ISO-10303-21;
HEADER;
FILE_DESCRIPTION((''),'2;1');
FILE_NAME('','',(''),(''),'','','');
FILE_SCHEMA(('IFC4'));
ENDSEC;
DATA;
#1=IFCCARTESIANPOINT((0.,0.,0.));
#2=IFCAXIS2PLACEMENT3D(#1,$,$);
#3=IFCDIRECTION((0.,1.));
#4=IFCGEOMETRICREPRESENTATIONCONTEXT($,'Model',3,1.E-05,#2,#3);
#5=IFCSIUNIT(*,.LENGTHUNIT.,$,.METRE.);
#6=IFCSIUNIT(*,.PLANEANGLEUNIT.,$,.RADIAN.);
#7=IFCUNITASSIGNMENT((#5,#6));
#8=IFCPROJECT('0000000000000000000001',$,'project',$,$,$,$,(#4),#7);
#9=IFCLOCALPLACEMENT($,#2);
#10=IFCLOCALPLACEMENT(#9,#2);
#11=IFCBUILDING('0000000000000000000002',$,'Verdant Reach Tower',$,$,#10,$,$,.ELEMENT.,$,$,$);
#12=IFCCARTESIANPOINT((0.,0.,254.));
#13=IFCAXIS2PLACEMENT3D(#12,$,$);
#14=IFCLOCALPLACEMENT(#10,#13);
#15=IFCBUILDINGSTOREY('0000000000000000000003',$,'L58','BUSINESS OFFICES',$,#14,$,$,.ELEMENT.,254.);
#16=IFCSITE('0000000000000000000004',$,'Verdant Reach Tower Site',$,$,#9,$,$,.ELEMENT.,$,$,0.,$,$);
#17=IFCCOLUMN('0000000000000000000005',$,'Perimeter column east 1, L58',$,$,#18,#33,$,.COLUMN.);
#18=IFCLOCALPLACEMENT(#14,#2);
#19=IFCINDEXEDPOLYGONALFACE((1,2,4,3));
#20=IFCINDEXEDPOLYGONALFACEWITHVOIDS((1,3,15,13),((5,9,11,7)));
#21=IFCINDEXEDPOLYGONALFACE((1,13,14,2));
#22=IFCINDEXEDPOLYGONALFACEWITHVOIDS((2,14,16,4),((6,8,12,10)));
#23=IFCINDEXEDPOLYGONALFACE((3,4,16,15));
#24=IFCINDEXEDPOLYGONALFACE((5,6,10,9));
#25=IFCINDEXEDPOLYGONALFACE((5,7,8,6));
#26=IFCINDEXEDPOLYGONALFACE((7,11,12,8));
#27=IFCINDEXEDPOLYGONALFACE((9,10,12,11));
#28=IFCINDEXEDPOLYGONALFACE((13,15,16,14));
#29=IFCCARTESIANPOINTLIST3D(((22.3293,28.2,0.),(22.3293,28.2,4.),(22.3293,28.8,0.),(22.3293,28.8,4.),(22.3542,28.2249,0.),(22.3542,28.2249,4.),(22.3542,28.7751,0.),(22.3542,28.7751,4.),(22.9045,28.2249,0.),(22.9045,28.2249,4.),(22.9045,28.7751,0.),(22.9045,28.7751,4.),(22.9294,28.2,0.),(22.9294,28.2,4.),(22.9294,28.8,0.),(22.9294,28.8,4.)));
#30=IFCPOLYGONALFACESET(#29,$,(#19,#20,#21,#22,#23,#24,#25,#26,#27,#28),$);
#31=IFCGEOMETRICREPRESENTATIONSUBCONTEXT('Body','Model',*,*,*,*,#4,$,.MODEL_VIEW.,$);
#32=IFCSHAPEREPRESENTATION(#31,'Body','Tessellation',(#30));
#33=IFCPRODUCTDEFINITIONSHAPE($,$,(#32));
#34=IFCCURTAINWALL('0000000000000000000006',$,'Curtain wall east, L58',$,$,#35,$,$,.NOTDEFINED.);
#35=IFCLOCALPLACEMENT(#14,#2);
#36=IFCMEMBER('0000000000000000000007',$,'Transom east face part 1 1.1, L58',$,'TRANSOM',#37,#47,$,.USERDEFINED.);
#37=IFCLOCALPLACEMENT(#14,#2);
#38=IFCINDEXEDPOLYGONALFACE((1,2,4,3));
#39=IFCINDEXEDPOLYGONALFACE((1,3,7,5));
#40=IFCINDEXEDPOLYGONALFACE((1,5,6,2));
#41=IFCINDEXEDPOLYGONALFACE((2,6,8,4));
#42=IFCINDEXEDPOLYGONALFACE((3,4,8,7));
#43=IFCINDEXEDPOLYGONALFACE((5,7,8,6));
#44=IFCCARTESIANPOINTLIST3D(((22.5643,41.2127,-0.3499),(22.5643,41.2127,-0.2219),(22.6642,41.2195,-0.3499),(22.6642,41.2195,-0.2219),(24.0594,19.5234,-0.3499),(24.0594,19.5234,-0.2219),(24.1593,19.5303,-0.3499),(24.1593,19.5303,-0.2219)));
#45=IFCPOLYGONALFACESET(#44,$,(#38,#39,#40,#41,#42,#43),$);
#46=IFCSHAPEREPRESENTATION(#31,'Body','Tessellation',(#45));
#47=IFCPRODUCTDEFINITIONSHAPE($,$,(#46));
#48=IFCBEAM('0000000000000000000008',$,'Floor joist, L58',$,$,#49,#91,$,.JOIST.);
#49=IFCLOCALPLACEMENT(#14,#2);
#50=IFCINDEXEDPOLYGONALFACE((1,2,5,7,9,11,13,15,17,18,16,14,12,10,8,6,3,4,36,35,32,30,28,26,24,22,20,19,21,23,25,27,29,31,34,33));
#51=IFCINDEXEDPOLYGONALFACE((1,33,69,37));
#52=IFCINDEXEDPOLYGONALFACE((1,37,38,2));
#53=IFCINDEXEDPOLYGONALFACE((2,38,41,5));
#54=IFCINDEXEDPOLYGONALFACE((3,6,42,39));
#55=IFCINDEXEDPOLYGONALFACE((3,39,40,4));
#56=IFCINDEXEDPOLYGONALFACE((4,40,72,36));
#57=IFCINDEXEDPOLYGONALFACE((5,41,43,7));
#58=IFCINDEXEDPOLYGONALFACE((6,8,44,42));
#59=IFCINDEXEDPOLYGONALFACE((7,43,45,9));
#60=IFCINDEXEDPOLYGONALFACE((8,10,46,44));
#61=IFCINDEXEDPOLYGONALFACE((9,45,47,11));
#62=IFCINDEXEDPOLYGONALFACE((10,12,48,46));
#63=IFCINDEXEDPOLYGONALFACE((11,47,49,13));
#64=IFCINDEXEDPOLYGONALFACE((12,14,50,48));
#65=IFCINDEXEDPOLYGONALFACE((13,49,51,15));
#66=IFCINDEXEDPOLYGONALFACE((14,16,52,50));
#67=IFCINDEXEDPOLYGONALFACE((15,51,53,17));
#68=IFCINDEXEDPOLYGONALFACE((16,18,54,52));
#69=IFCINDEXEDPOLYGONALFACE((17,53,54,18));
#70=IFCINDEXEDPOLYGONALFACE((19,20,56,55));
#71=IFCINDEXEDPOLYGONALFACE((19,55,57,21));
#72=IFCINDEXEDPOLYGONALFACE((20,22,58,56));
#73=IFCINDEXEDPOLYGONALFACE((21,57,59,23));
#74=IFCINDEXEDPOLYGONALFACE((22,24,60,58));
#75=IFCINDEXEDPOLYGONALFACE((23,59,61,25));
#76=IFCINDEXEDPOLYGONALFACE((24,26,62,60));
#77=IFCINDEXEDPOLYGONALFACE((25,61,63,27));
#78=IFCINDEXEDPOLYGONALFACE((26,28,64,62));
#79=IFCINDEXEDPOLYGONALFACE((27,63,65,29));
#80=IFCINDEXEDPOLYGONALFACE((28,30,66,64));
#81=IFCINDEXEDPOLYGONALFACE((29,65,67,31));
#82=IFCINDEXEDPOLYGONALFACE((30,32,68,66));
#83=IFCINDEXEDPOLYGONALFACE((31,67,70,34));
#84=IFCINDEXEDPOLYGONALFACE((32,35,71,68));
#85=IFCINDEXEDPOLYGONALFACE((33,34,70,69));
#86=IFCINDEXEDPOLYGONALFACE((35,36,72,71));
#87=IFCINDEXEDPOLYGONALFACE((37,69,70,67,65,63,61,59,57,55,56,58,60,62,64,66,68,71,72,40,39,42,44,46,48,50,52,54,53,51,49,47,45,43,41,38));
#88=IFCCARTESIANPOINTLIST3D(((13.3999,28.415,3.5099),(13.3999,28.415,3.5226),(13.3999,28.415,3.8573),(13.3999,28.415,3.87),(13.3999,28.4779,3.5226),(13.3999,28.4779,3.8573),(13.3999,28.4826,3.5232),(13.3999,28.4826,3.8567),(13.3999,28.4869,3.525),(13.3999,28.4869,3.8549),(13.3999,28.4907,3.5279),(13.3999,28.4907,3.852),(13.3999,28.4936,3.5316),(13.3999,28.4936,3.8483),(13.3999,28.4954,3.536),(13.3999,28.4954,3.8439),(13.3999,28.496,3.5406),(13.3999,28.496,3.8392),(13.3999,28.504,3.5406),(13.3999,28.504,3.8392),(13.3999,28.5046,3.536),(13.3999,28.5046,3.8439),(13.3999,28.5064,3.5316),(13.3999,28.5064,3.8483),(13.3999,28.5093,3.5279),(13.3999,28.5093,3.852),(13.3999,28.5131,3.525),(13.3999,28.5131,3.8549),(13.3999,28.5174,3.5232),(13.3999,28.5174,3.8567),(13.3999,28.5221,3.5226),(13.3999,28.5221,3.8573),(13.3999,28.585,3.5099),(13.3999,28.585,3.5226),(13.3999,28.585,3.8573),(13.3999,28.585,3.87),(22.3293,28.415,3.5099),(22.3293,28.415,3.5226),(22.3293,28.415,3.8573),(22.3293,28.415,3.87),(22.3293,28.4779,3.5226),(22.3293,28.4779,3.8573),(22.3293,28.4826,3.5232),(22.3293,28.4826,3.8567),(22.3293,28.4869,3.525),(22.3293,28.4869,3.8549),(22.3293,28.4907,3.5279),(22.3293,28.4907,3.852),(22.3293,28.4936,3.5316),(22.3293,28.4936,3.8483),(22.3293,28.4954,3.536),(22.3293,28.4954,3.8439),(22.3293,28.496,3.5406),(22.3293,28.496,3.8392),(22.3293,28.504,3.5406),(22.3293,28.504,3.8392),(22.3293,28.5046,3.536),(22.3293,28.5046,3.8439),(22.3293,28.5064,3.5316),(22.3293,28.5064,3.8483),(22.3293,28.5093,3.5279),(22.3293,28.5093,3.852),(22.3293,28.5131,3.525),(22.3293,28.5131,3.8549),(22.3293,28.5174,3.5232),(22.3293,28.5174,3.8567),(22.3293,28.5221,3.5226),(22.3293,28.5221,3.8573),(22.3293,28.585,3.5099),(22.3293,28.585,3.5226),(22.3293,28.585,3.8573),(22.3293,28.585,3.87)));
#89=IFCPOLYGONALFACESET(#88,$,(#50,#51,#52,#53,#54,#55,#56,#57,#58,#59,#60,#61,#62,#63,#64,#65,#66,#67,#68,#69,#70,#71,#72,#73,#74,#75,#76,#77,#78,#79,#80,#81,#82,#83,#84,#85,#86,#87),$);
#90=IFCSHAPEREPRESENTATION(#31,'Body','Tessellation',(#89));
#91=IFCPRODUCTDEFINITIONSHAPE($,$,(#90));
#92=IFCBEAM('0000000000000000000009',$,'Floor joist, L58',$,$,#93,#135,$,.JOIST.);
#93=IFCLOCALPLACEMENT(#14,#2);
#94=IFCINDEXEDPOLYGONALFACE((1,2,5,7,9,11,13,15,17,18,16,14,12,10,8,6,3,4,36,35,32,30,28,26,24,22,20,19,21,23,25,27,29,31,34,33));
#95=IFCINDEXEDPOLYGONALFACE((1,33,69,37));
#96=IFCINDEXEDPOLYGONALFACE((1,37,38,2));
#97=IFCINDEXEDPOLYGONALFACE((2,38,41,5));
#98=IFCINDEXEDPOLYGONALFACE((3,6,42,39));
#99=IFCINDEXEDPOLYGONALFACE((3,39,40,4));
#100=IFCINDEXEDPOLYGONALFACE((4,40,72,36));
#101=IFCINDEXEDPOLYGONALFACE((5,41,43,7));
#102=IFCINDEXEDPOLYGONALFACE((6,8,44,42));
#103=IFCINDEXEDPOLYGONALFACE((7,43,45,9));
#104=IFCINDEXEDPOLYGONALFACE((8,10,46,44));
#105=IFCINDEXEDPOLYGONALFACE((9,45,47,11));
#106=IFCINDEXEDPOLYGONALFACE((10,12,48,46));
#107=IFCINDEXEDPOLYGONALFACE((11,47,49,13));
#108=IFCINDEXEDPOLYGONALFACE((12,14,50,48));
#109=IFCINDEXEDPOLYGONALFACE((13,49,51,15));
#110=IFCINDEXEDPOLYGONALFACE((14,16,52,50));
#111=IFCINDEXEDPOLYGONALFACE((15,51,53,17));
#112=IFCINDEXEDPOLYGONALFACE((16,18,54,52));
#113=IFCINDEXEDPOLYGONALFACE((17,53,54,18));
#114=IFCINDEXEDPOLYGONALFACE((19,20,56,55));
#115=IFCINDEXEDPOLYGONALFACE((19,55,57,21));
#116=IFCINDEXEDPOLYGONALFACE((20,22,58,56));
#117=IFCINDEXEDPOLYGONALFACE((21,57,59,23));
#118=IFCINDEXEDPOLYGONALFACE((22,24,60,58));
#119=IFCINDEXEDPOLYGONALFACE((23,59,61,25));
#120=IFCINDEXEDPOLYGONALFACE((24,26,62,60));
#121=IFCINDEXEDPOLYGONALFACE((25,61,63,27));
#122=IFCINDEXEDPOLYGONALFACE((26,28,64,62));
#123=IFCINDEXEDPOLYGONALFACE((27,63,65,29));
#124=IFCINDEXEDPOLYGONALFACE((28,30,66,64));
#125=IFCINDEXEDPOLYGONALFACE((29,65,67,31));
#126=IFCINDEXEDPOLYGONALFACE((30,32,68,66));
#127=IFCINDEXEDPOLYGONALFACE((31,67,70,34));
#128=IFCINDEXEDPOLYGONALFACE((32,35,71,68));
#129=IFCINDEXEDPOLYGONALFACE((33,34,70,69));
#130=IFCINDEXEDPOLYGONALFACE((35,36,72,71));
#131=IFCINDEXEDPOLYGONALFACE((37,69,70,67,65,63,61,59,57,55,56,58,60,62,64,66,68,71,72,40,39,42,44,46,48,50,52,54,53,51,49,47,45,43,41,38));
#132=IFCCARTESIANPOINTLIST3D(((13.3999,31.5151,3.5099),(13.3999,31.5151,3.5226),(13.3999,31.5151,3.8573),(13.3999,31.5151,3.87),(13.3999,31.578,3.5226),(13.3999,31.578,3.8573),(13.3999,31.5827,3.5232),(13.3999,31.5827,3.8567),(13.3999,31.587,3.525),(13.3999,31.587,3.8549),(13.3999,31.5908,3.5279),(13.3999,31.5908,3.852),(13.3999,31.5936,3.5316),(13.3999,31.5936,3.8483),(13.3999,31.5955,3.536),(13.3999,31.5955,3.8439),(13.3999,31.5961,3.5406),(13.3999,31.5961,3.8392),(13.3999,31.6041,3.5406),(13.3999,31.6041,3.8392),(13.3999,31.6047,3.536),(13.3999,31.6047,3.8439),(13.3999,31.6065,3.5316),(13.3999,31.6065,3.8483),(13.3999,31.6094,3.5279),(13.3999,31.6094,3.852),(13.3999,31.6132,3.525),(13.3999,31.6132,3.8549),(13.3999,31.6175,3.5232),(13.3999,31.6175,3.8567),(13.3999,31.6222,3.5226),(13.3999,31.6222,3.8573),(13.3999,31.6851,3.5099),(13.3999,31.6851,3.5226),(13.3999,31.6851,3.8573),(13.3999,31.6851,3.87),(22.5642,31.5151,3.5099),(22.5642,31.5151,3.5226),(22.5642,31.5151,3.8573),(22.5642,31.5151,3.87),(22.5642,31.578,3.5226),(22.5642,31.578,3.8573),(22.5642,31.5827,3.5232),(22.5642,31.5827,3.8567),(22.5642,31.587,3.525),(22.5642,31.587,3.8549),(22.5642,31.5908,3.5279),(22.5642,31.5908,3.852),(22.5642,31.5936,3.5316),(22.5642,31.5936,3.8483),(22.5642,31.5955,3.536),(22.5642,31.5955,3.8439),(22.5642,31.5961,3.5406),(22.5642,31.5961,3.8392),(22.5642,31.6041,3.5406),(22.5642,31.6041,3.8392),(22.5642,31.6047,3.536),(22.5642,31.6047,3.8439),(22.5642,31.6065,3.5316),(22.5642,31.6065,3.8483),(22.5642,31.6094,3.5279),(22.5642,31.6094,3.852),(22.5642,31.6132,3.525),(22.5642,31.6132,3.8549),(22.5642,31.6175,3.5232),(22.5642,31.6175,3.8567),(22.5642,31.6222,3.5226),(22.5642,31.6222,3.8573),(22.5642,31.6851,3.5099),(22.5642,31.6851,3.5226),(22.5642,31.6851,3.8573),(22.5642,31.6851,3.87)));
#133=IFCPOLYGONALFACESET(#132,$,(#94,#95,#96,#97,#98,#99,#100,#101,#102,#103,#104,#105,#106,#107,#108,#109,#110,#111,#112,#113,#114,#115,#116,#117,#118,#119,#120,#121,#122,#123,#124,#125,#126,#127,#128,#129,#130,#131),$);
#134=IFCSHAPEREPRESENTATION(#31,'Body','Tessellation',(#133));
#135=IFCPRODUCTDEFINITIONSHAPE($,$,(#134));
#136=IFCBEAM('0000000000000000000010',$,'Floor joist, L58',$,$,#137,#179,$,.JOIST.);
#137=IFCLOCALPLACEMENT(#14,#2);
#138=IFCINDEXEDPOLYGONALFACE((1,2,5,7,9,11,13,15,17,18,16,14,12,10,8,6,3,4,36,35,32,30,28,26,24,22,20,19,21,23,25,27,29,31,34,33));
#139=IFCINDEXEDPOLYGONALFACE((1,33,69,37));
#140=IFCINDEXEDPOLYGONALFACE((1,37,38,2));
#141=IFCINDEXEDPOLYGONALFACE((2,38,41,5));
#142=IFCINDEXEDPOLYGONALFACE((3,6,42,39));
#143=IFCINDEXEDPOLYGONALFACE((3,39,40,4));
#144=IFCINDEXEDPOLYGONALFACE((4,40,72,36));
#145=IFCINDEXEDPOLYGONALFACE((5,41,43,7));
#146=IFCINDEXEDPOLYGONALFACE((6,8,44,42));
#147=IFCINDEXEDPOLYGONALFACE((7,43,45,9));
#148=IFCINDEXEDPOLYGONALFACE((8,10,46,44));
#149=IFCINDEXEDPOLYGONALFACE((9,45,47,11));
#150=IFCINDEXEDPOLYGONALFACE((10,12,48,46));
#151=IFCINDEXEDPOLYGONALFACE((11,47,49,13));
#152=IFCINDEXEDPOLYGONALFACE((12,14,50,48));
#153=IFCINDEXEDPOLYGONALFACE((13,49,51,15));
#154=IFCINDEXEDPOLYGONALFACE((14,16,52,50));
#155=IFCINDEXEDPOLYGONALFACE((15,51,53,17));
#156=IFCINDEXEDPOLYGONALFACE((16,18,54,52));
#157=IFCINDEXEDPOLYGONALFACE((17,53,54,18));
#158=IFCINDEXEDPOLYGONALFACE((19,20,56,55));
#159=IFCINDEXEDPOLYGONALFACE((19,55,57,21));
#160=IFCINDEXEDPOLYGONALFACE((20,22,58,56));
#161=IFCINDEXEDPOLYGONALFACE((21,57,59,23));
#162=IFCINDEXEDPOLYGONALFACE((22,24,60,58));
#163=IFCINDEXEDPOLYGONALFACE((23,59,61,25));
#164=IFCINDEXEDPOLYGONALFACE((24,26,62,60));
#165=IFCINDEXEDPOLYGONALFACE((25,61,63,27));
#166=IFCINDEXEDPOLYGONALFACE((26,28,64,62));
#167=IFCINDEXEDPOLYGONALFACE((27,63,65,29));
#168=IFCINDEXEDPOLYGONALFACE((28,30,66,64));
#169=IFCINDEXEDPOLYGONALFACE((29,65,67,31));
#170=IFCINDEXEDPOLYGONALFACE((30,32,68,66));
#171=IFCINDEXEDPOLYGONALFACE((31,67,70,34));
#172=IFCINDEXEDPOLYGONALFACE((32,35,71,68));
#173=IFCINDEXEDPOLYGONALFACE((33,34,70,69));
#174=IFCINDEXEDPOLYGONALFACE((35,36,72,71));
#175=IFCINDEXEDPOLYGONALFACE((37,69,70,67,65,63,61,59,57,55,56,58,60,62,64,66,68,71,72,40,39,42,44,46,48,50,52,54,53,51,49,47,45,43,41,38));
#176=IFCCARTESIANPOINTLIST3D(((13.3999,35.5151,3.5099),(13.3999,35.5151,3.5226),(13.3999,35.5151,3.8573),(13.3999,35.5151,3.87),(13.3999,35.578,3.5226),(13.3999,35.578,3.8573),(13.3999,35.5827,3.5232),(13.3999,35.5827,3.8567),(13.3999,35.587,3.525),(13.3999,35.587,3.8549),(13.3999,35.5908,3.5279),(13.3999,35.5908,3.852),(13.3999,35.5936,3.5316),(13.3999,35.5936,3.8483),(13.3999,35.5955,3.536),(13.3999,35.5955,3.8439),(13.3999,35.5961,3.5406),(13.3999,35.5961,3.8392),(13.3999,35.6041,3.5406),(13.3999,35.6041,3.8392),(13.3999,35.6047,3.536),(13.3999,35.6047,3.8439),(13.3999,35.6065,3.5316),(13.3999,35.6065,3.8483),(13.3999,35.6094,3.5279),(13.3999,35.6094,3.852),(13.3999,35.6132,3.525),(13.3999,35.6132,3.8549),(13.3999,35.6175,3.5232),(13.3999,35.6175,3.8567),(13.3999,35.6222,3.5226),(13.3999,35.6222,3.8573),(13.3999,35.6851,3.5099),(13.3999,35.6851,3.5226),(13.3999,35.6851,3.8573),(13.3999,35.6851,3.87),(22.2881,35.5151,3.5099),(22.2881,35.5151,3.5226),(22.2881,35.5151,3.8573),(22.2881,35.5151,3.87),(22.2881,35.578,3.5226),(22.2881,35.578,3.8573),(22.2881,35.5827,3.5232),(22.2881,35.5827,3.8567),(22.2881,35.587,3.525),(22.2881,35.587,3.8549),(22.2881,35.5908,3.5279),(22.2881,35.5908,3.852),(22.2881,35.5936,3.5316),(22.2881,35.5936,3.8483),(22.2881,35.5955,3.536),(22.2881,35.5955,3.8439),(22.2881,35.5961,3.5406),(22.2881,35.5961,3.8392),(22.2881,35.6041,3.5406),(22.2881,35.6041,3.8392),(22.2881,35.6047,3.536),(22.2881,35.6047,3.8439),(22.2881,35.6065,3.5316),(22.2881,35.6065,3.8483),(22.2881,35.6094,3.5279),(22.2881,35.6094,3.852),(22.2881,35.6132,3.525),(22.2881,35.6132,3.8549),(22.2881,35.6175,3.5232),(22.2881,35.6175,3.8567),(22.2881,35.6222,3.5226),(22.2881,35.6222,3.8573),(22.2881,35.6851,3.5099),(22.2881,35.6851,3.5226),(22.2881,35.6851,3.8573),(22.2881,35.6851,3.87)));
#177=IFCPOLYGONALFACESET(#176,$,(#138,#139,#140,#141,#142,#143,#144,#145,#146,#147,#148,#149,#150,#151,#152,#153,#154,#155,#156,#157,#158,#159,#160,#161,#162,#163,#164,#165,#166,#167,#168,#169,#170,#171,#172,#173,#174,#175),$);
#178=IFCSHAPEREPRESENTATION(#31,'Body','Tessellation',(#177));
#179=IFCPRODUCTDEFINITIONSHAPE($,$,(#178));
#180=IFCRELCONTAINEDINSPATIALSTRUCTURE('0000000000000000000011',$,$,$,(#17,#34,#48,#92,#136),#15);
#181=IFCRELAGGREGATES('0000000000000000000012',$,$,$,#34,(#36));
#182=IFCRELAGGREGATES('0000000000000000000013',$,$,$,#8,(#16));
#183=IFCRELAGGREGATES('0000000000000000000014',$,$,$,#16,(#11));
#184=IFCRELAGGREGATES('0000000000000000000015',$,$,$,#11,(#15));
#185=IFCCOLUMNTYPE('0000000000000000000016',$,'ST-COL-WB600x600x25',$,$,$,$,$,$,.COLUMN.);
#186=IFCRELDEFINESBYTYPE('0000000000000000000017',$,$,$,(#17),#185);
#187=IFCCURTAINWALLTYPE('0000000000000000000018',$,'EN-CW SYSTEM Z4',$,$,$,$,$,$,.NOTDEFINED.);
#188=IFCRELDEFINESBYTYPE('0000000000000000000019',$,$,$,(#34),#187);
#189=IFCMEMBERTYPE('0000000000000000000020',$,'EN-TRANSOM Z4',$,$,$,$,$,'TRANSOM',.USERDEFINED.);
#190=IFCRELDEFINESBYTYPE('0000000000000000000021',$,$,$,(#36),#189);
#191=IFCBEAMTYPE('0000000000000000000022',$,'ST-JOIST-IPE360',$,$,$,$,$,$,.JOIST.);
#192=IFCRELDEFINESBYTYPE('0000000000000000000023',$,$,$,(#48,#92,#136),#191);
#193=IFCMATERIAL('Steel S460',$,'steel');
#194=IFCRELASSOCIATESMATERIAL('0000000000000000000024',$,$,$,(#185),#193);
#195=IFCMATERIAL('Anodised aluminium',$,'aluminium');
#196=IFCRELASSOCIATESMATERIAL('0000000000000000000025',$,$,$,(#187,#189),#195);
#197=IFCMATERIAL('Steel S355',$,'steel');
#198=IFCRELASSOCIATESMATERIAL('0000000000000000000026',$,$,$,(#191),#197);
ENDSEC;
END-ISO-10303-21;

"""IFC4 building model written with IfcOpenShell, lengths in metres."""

from ifc_helpers import new_model, si_unit, direction, frame, origin, origin_2d, place, context, subcontext, project, spatial, rectangle, hollow_rectangle, i_section, extrude, material, material_profile, profile_set, type_object, element, aggregate, save


model = new_model("IFC4")

# Units and contexts
model_context = context("Model", 3, precision=1e-05, world=origin(), true_north=direction((0.0, 1.0)))
body_context = subcontext(model_context, "Body", "Model", "MODEL_VIEW")
ifc_project = project(units=[si_unit("LENGTHUNIT", "METRE"), si_unit("PLANEANGLEUNIT", "RADIAN")], contexts=[model_context])

# Site, building, storey
site_placement = place(None, origin())
site = spatial("IfcSite", under=ifc_project, at=site_placement, Name="Verdant Reach Tower Site", CompositionType="ELEMENT", RefElevation=0.0)
building_placement = place(site_placement, origin())
building = spatial("IfcBuilding", under=site, at=building_placement, Name="Verdant Reach Tower", CompositionType="ELEMENT")
storey_placement = place(building_placement, frame((0.0, 0.0, 254.0)))
storey = spatial("IfcBuildingStorey", under=building, at=storey_placement, Name="L58", Description="BUSINESS OFFICES", CompositionType="ELEMENT", Elevation=254.0)

# Column
ifc_material_1 = material(Name="Steel S460", Category="steel")
ifc_material_profile_1 = material_profile(ifc_material_1, hollow_rectangle(XDim=0.6001, YDim=0.6001, WallThickness=0.0249, at=origin_2d()), Name="WB 600x600x25")
ifc_profile_set_1 = profile_set([ifc_material_profile_1], Name="Steel S460")
column_type = type_object("IfcColumnType", Name="ST-COL-WB600x600x25", PredefinedType="COLUMN", material=ifc_profile_set_1)
column_placement = place(storey_placement, frame((22.6294, 28.5, 0.0), z_axis=(0.0, 0.0, 1.0), x_axis=(1.0, 0.0, 0.0)))
element("IfcColumn", 1, at=column_placement, inside=storey, type_object=column_type, Name="Perimeter column east 1, L58", PredefinedType="COLUMN", context=body_context, shape_type="SweptSolid", body=[
    extrude(hollow_rectangle(XDim=0.6001, YDim=0.6001, WallThickness=0.0249, at=origin_2d()), origin(), (0.0, 0.0, 1.0), 4.0),
])

# Curtain wall, member
ifc_material_2 = material(Name="Anodised aluminium", Category="aluminium")
curtain_wall_type = type_object("IfcCurtainWallType", Name="EN-CW SYSTEM Z4", PredefinedType="NOTDEFINED", material=ifc_material_2)
curtain_wall_placement = place(storey_placement, origin())
curtain_wall = element("IfcCurtainWall", 2, at=curtain_wall_placement, inside=storey, type_object=curtain_wall_type, Name="Curtain wall east, L58", PredefinedType="NOTDEFINED")
ifc_material_profile_2 = material_profile(ifc_material_2, rectangle(XDim=0.1001, YDim=0.1279, at=origin_2d()), Name="Transom 128x100")
ifc_profile_set_2 = profile_set([ifc_material_profile_2], Name="Anodised aluminium")
member_type = type_object("IfcMemberType", Name="EN-TRANSOM Z4", ElementType="TRANSOM", PredefinedType="USERDEFINED", material=ifc_profile_set_2)
member_placement = place(storey_placement, frame((24.1094, 19.5269, -0.2859), z_axis=(-0.06877, 0.997633, 0.0), x_axis=(-0.997633, -0.06877, 0.0)))
member = element("IfcMember", 3, at=member_placement, type_object=member_type, Name="Transom east face part 1 1.1, L58", ObjectType="TRANSOM", PredefinedType="USERDEFINED", context=body_context, shape_type="SweptSolid", body=[
    extrude(rectangle(XDim=0.1001, YDim=0.1279, at=origin_2d()), origin(), (0.0, 0.0, 1.0), 21.7407),
])

# Beams
ifc_material_3 = material(Name="Steel S355", Category="steel")
ifc_material_profile_3 = material_profile(ifc_material_3, i_section(OverallWidth=0.1699, OverallDepth=0.3601, WebThickness=0.0081, FlangeThickness=0.0127, FilletRadius=0.0181, at=origin_2d()), Name="IPE 360")
ifc_profile_set_3 = profile_set([ifc_material_profile_3], Name="Steel S355")
beam_type_1 = type_object("IfcBeamType", Name="ST-JOIST-IPE360", PredefinedType="JOIST", material=ifc_profile_set_3)
beam_1_placement = place(storey_placement, frame((13.3999, 28.5, 3.6899), z_axis=(1.0, 0.0, 0.0), x_axis=(0.0, 1.0, 0.0)))
element("IfcBeam", 4, at=beam_1_placement, inside=storey, type_object=beam_type_1, Name="Floor joist, L58", PredefinedType="JOIST", context=body_context, shape_type="SweptSolid", body=[
    extrude(i_section(OverallWidth=0.1699, OverallDepth=0.3601, WebThickness=0.0081, FlangeThickness=0.0127, FilletRadius=0.0181, at=origin_2d()), origin(), (0.0, 0.0, 1.0), 8.9294),
])
beam_2_placement = place(storey_placement, frame((13.3999, 31.6001, 3.6899), z_axis=(1.0, 0.0, 0.0), x_axis=(0.0, 1.0, 0.0)))
element("IfcBeam", 5, at=beam_2_placement, inside=storey, type_object=beam_type_1, Name="Floor joist, L58", PredefinedType="JOIST", context=body_context, shape_type="SweptSolid", body=[
    extrude(i_section(OverallWidth=0.1699, OverallDepth=0.3601, WebThickness=0.0081, FlangeThickness=0.0127, FilletRadius=0.0181, at=origin_2d()), origin(), (0.0, 0.0, 1.0), 9.1643),
])
beam_3_placement = place(storey_placement, frame((13.3999, 35.6001, 3.6899), z_axis=(1.0, 0.0, 0.0), x_axis=(0.0, 1.0, 0.0)))
element("IfcBeam", 6, at=beam_3_placement, inside=storey, type_object=beam_type_1, Name="Floor joist, L58", PredefinedType="JOIST", context=body_context, shape_type="SweptSolid", body=[
    extrude(i_section(OverallWidth=0.1699, OverallDepth=0.3601, WebThickness=0.0081, FlangeThickness=0.0127, FilletRadius=0.0181, at=origin_2d()), origin(), (0.0, 0.0, 1.0), 8.8882),
])

aggregate(curtain_wall, [member])

save(model, "model.ifc")
